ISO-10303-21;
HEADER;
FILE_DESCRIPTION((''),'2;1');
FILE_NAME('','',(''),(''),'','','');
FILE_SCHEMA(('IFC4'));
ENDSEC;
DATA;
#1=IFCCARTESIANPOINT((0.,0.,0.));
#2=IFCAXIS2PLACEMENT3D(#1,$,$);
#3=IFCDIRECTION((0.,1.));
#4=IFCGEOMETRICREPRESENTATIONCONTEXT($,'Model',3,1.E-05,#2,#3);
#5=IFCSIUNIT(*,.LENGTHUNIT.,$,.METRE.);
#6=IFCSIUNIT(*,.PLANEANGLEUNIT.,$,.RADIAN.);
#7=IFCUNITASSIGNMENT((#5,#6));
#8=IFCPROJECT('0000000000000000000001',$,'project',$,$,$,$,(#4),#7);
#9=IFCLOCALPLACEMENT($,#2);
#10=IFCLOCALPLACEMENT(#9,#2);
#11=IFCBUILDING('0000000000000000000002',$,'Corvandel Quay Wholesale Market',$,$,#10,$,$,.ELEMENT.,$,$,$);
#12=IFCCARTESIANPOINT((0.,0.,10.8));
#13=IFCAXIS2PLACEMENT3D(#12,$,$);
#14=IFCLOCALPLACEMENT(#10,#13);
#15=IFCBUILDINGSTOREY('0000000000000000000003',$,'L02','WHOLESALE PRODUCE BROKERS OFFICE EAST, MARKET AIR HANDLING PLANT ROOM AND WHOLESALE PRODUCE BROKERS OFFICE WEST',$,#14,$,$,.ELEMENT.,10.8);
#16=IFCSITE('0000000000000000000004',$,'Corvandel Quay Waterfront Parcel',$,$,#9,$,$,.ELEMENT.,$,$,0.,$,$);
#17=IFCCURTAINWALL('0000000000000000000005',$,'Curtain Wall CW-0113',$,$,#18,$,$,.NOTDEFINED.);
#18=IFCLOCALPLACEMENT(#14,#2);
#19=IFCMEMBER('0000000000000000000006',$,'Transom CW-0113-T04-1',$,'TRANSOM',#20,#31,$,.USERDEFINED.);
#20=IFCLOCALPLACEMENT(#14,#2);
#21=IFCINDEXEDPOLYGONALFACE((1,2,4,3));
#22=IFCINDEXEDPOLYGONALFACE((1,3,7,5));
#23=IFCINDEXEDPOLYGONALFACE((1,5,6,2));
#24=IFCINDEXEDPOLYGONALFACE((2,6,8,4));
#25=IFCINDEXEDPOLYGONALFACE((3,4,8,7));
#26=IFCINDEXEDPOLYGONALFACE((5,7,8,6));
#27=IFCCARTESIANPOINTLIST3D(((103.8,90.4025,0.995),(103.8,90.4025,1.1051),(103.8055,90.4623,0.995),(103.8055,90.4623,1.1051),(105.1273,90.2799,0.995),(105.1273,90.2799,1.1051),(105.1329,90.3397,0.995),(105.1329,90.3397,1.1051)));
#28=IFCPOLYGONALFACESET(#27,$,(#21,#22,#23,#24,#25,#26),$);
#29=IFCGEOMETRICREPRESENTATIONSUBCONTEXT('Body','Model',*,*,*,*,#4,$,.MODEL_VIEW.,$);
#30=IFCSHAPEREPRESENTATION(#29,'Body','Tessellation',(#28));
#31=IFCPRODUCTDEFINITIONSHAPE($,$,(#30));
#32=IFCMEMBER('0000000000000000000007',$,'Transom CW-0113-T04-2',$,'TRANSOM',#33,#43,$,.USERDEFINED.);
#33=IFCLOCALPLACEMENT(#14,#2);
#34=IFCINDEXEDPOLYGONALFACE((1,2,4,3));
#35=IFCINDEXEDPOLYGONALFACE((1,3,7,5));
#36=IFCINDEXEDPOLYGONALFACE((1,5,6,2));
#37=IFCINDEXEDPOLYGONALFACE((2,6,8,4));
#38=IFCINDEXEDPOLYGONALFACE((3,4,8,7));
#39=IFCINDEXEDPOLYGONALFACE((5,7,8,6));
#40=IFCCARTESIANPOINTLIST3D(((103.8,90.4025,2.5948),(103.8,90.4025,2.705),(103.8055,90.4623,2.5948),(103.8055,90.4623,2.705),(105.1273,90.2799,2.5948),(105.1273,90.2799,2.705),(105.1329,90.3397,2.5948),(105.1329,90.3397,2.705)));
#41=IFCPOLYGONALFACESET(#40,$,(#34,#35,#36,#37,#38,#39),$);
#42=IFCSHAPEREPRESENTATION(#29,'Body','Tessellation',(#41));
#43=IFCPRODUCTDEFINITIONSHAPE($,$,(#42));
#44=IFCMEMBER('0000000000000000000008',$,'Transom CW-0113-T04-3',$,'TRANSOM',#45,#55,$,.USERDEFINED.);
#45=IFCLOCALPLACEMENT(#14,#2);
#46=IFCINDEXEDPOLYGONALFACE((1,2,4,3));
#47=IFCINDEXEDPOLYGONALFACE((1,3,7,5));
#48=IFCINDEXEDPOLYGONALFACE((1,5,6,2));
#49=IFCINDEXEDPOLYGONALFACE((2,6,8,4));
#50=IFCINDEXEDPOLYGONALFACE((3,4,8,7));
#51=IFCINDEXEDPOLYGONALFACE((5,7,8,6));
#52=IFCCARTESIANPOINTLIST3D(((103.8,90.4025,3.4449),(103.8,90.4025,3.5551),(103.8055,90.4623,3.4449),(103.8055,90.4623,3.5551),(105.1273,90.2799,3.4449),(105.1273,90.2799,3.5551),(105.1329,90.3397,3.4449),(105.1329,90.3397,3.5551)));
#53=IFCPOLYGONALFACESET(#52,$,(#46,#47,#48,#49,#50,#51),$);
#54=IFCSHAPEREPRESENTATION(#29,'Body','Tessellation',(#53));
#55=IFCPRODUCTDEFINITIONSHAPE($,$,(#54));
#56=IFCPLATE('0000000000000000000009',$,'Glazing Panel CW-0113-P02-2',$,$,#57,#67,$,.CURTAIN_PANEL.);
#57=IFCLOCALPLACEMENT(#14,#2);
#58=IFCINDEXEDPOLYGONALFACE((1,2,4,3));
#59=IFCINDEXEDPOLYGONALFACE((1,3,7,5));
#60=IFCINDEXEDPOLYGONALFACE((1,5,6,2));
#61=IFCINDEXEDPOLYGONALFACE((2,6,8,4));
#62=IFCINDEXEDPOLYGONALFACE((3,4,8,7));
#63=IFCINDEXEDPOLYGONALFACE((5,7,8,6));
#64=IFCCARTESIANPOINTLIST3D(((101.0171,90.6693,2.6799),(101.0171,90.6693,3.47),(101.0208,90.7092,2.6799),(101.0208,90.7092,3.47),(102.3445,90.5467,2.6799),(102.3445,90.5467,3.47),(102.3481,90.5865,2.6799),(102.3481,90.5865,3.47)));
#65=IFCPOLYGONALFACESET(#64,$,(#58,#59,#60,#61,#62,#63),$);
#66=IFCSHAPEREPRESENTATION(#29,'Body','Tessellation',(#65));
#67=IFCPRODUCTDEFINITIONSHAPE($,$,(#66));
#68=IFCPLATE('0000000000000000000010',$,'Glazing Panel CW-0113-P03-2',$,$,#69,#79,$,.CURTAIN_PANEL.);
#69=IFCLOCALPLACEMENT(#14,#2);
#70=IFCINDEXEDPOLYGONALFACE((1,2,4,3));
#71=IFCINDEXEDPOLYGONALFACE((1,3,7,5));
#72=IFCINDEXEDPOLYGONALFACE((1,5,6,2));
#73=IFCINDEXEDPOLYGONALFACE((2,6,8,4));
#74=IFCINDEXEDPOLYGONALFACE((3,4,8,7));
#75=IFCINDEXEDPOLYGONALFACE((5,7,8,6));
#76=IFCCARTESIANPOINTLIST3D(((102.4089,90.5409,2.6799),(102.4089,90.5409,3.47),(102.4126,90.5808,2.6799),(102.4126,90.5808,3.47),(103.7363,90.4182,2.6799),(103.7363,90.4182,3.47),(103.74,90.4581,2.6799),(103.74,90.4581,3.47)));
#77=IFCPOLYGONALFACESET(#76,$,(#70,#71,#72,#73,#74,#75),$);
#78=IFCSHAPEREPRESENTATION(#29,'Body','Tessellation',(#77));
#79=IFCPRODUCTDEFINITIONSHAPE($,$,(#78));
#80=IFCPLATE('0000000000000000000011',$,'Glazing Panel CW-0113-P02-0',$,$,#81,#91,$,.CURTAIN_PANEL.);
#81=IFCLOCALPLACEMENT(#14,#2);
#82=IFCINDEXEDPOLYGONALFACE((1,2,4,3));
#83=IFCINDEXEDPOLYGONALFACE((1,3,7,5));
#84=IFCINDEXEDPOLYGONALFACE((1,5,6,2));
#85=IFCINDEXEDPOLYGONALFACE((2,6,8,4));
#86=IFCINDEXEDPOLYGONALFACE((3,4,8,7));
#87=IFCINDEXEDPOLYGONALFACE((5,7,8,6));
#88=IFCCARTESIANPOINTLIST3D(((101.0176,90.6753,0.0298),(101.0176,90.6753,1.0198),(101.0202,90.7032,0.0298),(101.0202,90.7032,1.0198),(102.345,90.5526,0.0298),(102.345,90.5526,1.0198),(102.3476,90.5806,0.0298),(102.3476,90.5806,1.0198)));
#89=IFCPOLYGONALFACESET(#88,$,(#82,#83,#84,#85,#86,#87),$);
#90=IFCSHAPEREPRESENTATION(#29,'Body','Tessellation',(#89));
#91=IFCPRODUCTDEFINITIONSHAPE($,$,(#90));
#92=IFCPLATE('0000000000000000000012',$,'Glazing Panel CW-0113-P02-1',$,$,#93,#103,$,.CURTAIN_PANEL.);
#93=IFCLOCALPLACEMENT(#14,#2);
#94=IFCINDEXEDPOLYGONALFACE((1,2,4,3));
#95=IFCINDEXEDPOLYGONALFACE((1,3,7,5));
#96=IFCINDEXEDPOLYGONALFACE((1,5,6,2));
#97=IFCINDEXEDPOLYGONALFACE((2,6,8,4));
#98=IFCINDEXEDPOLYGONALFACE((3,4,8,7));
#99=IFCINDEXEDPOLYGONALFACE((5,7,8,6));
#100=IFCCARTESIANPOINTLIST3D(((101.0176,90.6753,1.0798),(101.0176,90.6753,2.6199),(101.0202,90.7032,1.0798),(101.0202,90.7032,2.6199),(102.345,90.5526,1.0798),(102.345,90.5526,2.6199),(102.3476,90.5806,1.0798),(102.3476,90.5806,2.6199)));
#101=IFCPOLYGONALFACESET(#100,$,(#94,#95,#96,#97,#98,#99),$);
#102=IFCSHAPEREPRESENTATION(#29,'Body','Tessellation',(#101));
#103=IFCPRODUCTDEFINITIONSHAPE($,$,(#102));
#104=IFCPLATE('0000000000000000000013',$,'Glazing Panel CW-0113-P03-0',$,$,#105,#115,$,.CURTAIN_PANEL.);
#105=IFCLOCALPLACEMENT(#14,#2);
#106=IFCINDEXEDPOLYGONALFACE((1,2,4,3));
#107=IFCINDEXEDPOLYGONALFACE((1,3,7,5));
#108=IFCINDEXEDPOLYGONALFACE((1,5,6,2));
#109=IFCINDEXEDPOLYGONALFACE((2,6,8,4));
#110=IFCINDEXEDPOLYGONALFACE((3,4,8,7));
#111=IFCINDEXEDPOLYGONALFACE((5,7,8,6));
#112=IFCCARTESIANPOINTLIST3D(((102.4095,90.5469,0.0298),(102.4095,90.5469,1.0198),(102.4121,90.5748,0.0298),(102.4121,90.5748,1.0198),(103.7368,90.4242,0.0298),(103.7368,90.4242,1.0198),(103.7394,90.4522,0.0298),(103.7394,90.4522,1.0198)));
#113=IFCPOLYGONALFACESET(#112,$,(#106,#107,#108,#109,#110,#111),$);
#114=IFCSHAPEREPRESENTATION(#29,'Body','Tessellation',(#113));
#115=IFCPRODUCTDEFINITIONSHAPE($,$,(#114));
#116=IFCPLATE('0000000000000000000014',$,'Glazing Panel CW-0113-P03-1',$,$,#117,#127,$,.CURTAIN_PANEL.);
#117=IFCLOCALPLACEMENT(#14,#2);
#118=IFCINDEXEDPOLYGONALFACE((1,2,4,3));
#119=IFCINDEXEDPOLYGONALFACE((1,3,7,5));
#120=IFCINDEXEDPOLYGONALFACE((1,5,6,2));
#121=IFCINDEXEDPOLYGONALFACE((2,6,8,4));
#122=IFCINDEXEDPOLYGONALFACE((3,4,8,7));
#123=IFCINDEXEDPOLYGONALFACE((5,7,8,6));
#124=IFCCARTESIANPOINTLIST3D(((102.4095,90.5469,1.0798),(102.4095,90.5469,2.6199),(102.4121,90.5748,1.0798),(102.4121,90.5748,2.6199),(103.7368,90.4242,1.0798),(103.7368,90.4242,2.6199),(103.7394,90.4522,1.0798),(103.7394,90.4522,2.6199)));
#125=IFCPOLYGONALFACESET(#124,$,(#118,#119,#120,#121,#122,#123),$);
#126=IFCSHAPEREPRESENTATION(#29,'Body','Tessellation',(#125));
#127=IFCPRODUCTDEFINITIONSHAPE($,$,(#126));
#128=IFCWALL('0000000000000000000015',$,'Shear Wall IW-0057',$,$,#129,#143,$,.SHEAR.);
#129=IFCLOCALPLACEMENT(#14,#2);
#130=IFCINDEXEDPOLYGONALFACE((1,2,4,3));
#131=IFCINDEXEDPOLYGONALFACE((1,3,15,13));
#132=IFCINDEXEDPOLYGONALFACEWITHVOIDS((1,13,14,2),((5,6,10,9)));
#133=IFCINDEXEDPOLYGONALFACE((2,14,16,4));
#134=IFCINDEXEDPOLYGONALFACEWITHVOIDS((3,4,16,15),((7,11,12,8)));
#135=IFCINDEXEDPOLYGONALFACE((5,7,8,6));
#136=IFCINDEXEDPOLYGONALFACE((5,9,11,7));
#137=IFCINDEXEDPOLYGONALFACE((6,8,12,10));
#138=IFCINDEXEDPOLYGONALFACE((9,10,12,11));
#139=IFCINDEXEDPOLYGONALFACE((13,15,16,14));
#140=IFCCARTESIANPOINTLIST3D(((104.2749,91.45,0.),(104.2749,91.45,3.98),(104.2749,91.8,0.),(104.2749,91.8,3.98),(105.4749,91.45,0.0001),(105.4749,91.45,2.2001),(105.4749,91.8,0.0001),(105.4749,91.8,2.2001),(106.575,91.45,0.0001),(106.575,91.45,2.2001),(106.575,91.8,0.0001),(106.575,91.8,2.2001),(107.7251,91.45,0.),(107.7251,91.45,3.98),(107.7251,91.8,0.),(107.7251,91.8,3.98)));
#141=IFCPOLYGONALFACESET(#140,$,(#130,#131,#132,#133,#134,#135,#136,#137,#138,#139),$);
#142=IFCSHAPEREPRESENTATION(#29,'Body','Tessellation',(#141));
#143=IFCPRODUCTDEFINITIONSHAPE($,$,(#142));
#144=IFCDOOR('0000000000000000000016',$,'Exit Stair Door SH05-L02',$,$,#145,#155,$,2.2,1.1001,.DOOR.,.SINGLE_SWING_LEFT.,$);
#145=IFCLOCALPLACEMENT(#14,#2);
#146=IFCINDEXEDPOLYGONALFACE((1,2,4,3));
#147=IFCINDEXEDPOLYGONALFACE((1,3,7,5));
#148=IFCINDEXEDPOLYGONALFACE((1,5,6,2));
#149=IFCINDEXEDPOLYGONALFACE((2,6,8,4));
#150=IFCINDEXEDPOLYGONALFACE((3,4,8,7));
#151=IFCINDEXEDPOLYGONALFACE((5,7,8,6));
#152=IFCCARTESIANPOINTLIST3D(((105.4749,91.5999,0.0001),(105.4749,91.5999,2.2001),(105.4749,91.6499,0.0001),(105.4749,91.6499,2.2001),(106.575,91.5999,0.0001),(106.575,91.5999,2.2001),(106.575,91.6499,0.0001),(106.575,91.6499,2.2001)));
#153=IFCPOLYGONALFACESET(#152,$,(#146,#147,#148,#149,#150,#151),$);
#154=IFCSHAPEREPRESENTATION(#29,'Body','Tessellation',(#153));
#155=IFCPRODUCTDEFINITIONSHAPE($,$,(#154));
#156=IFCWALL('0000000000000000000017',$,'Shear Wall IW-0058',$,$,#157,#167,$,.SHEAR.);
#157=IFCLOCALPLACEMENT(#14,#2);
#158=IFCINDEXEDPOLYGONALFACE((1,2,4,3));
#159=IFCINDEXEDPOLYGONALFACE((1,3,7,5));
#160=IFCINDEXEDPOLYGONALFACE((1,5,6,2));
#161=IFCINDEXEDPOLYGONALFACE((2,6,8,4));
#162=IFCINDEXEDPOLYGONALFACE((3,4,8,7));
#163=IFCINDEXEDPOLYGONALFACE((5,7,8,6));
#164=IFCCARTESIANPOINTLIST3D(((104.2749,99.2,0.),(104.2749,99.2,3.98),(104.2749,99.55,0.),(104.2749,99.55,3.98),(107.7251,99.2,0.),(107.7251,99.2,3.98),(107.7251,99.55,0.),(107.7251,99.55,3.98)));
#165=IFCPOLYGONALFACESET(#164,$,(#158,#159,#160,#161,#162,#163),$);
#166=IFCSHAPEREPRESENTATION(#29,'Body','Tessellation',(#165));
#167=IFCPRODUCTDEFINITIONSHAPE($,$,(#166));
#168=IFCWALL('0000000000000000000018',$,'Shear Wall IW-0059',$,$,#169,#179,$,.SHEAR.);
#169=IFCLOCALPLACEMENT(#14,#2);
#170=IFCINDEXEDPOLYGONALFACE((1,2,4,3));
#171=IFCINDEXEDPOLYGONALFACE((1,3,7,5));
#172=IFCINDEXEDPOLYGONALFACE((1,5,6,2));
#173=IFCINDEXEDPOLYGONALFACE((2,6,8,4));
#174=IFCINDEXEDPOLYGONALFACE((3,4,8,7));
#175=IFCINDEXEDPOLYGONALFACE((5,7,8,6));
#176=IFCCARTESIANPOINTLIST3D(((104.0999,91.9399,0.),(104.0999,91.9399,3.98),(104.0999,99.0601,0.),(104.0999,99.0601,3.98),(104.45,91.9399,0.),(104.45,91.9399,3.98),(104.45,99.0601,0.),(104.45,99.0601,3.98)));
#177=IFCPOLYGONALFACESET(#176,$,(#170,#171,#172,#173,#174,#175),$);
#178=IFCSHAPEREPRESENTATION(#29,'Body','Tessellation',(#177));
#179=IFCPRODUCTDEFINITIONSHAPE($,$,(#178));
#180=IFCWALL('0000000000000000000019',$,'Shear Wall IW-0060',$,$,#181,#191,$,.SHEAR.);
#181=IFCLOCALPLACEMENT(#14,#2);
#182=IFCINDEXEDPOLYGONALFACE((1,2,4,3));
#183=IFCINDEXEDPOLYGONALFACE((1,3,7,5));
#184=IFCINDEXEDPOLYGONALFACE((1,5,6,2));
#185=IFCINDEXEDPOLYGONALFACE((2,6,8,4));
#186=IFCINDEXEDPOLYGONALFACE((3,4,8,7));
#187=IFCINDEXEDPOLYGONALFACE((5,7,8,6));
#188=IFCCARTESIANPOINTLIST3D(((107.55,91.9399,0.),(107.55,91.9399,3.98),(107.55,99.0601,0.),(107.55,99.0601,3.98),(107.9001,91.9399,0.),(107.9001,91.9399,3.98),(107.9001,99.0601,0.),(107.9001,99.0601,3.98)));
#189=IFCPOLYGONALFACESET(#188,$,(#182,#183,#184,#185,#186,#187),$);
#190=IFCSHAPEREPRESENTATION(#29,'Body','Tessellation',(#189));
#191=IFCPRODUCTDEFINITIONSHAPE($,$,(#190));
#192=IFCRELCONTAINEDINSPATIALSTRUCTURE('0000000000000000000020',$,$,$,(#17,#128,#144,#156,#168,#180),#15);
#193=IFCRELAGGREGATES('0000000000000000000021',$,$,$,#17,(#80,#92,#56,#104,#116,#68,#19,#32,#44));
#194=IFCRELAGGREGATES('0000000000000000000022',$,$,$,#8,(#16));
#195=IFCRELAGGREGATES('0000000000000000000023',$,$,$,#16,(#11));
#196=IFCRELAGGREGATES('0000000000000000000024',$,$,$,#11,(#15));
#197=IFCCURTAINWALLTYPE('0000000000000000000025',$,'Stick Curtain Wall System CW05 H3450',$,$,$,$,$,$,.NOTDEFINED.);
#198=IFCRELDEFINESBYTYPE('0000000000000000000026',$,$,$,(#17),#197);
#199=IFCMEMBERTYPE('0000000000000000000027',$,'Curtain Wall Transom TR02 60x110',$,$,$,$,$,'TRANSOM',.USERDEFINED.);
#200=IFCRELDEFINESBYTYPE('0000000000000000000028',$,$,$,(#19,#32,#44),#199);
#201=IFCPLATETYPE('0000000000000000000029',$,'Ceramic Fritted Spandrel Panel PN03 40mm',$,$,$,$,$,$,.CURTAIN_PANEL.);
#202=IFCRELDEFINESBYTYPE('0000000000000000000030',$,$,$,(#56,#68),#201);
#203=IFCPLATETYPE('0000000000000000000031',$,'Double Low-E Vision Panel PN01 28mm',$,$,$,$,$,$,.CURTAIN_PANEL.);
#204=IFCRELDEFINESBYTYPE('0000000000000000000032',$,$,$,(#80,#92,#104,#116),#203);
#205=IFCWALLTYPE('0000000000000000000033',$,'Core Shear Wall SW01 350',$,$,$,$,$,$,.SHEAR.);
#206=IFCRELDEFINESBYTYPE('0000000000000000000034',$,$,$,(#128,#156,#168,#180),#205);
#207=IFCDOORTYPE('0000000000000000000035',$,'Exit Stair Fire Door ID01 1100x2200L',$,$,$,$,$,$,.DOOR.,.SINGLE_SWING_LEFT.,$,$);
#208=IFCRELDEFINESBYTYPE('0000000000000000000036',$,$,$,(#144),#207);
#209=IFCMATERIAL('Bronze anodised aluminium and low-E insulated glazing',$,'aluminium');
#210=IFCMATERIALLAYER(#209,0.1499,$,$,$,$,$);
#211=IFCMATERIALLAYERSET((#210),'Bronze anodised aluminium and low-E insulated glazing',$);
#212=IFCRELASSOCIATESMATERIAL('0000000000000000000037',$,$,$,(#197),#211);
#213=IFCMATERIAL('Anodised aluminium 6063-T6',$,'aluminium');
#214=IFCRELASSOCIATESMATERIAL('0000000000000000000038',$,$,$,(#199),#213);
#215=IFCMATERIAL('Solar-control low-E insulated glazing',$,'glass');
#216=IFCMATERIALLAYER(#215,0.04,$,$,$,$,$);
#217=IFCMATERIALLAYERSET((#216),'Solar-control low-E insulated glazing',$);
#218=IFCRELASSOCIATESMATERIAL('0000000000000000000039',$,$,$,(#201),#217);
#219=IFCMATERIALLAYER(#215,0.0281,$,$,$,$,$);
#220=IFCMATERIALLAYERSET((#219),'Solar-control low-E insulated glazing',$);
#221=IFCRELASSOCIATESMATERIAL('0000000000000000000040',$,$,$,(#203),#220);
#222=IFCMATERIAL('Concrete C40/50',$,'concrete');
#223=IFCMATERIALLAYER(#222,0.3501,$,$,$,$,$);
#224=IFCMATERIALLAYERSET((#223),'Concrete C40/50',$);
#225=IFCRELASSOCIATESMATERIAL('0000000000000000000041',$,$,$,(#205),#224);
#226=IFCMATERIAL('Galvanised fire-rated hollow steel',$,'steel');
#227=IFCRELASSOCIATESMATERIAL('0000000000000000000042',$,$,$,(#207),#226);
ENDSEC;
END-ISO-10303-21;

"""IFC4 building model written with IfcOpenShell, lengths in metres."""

from ifc_helpers import new_model, si_unit, direction, frame, frame_2d, origin, origin_2d, place, context, subcontext, project, spatial, rectangle, extrude, material, layer, layer_set, material_profile, profile_set, type_object, element, fill, aggregate, save


model = new_model("IFC4")

# Units and contexts
model_context = context("Model", 3, precision=1e-05, world=origin(), true_north=direction((0.0, 1.0)))
body_context = subcontext(model_context, "Body", "Model", "MODEL_VIEW")
ifc_project = project(units=[si_unit("LENGTHUNIT", "METRE"), si_unit("PLANEANGLEUNIT", "RADIAN")], contexts=[model_context])

# Site, building, storey
site_placement = place(None, origin())
site = spatial("IfcSite", under=ifc_project, at=site_placement, Name="Corvandel Quay Waterfront Parcel", CompositionType="ELEMENT", RefElevation=0.0)
building_placement = place(site_placement, origin())
building = spatial("IfcBuilding", under=site, at=building_placement, Name="Corvandel Quay Wholesale Market", CompositionType="ELEMENT")
storey_placement = place(building_placement, frame((0.0, 0.0, 10.8)))
storey = spatial("IfcBuildingStorey", under=building, at=storey_placement, Name="L02", Description="WHOLESALE PRODUCE BROKERS OFFICE EAST, MARKET AIR HANDLING PLANT ROOM AND WHOLESALE PRODUCE BROKERS OFFICE WEST", CompositionType="ELEMENT", Elevation=10.8)

# Shared definitions
ifc_material_1 = material(Name="Concrete C40/50", Category="concrete")

# Curtain wall
ifc_material_2 = material(Name="Bronze anodised aluminium and low-E insulated glazing", Category="aluminium")
ifc_layer_1 = layer(ifc_material_2, 0.1499)
ifc_layer_set_1 = layer_set([ifc_layer_1], Name="Bronze anodised aluminium and low-E insulated glazing")
curtain_wall_type_1 = type_object("IfcCurtainWallType", Name="Stick Curtain Wall System CW05 H3450", PredefinedType="NOTDEFINED", material=ifc_layer_set_1)
curtain_wall_1_placement = place(storey_placement, origin())
curtain_wall_1 = element("IfcCurtainWall", 1, at=curtain_wall_1_placement, inside=storey, type_object=curtain_wall_type_1, Name="Curtain Wall CW-0113", PredefinedType="NOTDEFINED")
ifc_material_3 = material(Name="Anodised aluminium 6063-T6", Category="aluminium")

# Members
ifc_material_profile_1 = material_profile(ifc_material_3, rectangle(XDim=0.0601, YDim=0.1101, at=origin_2d()), Name="ALU-TRN-60x110")
ifc_profile_set_1 = profile_set([ifc_material_profile_1], Name="Anodised aluminium 6063-T6")
member_type_1 = type_object("IfcMemberType", Name="Curtain Wall Transom TR02 60x110", ElementType="TRANSOM", PredefinedType="USERDEFINED", material=ifc_profile_set_1)
member_1_placement = place(storey_placement, frame((103.8027, 90.4324, 1.05), z_axis=(0.995765, -0.091939, 0.0), x_axis=(0.091939, 0.995765, 0.0)))
member_1 = element("IfcMember", 2, at=member_1_placement, type_object=member_type_1, Name="Transom CW-0113-T04-1", ObjectType="TRANSOM", PredefinedType="USERDEFINED", context=body_context, shape_type="SweptSolid", body=[
    extrude(rectangle(XDim=0.0601, YDim=0.1101, at=origin_2d()), origin(), (0.0, 0.0, 1.0), 1.333),
])
member_2_placement = place(storey_placement, frame((103.8027, 90.4324, 2.6499), z_axis=(0.995765, -0.091939, 0.0), x_axis=(0.091939, 0.995765, 0.0)))
member_2 = element("IfcMember", 3, at=member_2_placement, type_object=member_type_1, Name="Transom CW-0113-T04-2", ObjectType="TRANSOM", PredefinedType="USERDEFINED", context=body_context, shape_type="SweptSolid", body=[
    extrude(rectangle(XDim=0.0601, YDim=0.1101, at=origin_2d()), origin(), (0.0, 0.0, 1.0), 1.333),
])
member_3_placement = place(storey_placement, frame((103.8027, 90.4324, 3.5), z_axis=(0.995765, -0.091939, 0.0), x_axis=(0.091939, 0.995765, 0.0)))
member_3 = element("IfcMember", 4, at=member_3_placement, type_object=member_type_1, Name="Transom CW-0113-T04-3", ObjectType="TRANSOM", PredefinedType="USERDEFINED", context=body_context, shape_type="SweptSolid", body=[
    extrude(rectangle(XDim=0.0601, YDim=0.1101, at=origin_2d()), origin(), (0.0, 0.0, 1.0), 1.333),
])

# Plates
ifc_material_4 = material(Name="Solar-control low-E insulated glazing", Category="glass")
ifc_layer_2 = layer(ifc_material_4, 0.04)
ifc_layer_set_2 = layer_set([ifc_layer_2], Name="Solar-control low-E insulated glazing")
plate_type_1 = type_object("IfcPlateType", Name="Ceramic Fritted Spandrel Panel PN03 40mm", PredefinedType="CURTAIN_PANEL", material=ifc_layer_set_2)
plate_1_placement = place(storey_placement, frame((101.6826, 90.6279, 2.6799), z_axis=(0.0, 0.0, 1.0), x_axis=(-0.995757, 0.092023, 0.0)))
plate_1 = element("IfcPlate", 5, at=plate_1_placement, type_object=plate_type_1, Name="Glazing Panel CW-0113-P02-2", PredefinedType="CURTAIN_PANEL", context=body_context, shape_type="SweptSolid", body=[
    extrude(rectangle(XDim=1.333, YDim=0.04, at=origin_2d()), origin(), (0.0, 0.0, 1.0), 0.79),
])
plate_2_placement = place(storey_placement, frame((103.0745, 90.4995, 2.6799), z_axis=(0.0, 0.0, 1.0), x_axis=(-0.995757, 0.092023, 0.0)))
plate_2 = element("IfcPlate", 6, at=plate_2_placement, type_object=plate_type_1, Name="Glazing Panel CW-0113-P03-2", PredefinedType="CURTAIN_PANEL", context=body_context, shape_type="SweptSolid", body=[
    extrude(rectangle(XDim=1.333, YDim=0.04, at=origin_2d()), origin(), (0.0, 0.0, 1.0), 0.79),
])
ifc_layer_3 = layer(ifc_material_4, 0.0281)
ifc_layer_set_3 = layer_set([ifc_layer_3], Name="Solar-control low-E insulated glazing")
plate_type_2 = type_object("IfcPlateType", Name="Double Low-E Vision Panel PN01 28mm", PredefinedType="CURTAIN_PANEL", material=ifc_layer_set_3)
plate_3_placement = place(storey_placement, frame((101.6826, 90.6279, 0.0298), z_axis=(0.0, 0.0, 1.0), x_axis=(-0.995757, 0.092023, 0.0)))
plate_3 = element("IfcPlate", 7, at=plate_3_placement, type_object=plate_type_2, Name="Glazing Panel CW-0113-P02-0", PredefinedType="CURTAIN_PANEL", context=body_context, shape_type="SweptSolid", body=[
    extrude(rectangle(XDim=1.333, YDim=0.0281, at=origin_2d()), origin(), (0.0, 0.0, 1.0), 0.99),
])
plate_4_placement = place(storey_placement, frame((101.6826, 90.6279, 1.0798), z_axis=(0.0, 0.0, 1.0), x_axis=(-0.995757, 0.092023, 0.0)))
plate_4 = element("IfcPlate", 8, at=plate_4_placement, type_object=plate_type_2, Name="Glazing Panel CW-0113-P02-1", PredefinedType="CURTAIN_PANEL", context=body_context, shape_type="SweptSolid", body=[
    extrude(rectangle(XDim=1.333, YDim=0.0281, at=origin_2d()), origin(), (0.0, 0.0, 1.0), 1.54),
])
plate_5_placement = place(storey_placement, frame((103.0745, 90.4995, 0.0298), z_axis=(0.0, 0.0, 1.0), x_axis=(-0.995757, 0.092023, 0.0)))
plate_5 = element("IfcPlate", 9, at=plate_5_placement, type_object=plate_type_2, Name="Glazing Panel CW-0113-P03-0", PredefinedType="CURTAIN_PANEL", context=body_context, shape_type="SweptSolid", body=[
    extrude(rectangle(XDim=1.333, YDim=0.0281, at=origin_2d()), origin(), (0.0, 0.0, 1.0), 0.99),
])
plate_6_placement = place(storey_placement, frame((103.0745, 90.4995, 1.0798), z_axis=(0.0, 0.0, 1.0), x_axis=(-0.995757, 0.092023, 0.0)))
plate_6 = element("IfcPlate", 10, at=plate_6_placement, type_object=plate_type_2, Name="Glazing Panel CW-0113-P03-1", PredefinedType="CURTAIN_PANEL", context=body_context, shape_type="SweptSolid", body=[
    extrude(rectangle(XDim=1.333, YDim=0.0281, at=origin_2d()), origin(), (0.0, 0.0, 1.0), 1.54),
])
aggregate(curtain_wall_1, [plate_3, plate_4, plate_1, plate_5, plate_6, plate_2, member_1, member_2, member_3])

# Wall, opening, door
ifc_layer_4 = layer(ifc_material_1, 0.3501)
ifc_layer_set_4 = layer_set([ifc_layer_4], Name="Concrete C40/50")
wall_type_1 = type_object("IfcWallType", Name="Core Shear Wall SW01 350", PredefinedType="SHEAR", material=ifc_layer_set_4)
wall_1_placement = place(storey_placement, frame((104.2749, 91.625, 0.0), z_axis=(0.0, 0.0, 1.0), x_axis=(1.0, 0.0, 0.0)))
wall_1 = element("IfcWall", 11, at=wall_1_placement, inside=storey, type_object=wall_type_1, Name="Shear Wall IW-0057", PredefinedType="SHEAR", context=body_context, shape_type="SweptSolid", body=[
    extrude(rectangle(XDim=3.4502, YDim=0.3501, at=frame_2d((1.7251, 0.0))), origin(), (0.0, 0.0, 1.0), 3.98),
])
opening_placement = place(wall_1_placement, frame((1.2, 0.0, 0.0)))
opening = element("IfcOpeningElement", 12, at=opening_placement, cuts=wall_1, PredefinedType="OPENING", context=body_context, shape_type="SweptSolid", body=[
    extrude(rectangle(XDim=1.1001, YDim=2.2, at=frame_2d((0.55, 1.1001))), frame((0.0, 0.1851, 0.0), z_axis=(0.0, -1.0, 0.0), x_axis=(1.0, 0.0, 0.0)), (0.0, 0.0, 1.0), 0.3701),
])
ifc_material_5 = material(Name="Galvanised fire-rated hollow steel", Category="steel")
door_type = type_object("IfcDoorType", Name="Exit Stair Fire Door ID01 1100x2200L", OperationType="SINGLE_SWING_LEFT", PredefinedType="DOOR", material=ifc_material_5)
door_placement = place(opening_placement, origin())
door = element("IfcDoor", 13, at=door_placement, inside=storey, type_object=door_type, Name="Exit Stair Door SH05-L02", OperationType="SINGLE_SWING_LEFT", OverallHeight=2.2, OverallWidth=1.1001, PredefinedType="DOOR", context=body_context, shape_type="SweptSolid", body=[
    extrude(rectangle(XDim=1.1001, YDim=2.2, at=frame_2d((0.55, 1.1001))), frame((0.0, 0.0249, 0.0), z_axis=(0.0, -1.0, 0.0), x_axis=(1.0, 0.0, 0.0)), (0.0, 0.0, 1.0), 0.05),
])
fill(opening, door)

# Walls
wall_2_placement = place(storey_placement, frame((104.2749, 99.375, 0.0), z_axis=(0.0, 0.0, 1.0), x_axis=(1.0, 0.0, 0.0)))
element("IfcWall", 14, at=wall_2_placement, inside=storey, type_object=wall_type_1, Name="Shear Wall IW-0058", PredefinedType="SHEAR", context=body_context, shape_type="SweptSolid", body=[
    extrude(rectangle(XDim=3.4502, YDim=0.3501, at=frame_2d((1.7251, 0.0))), origin(), (0.0, 0.0, 1.0), 3.98),
])
for number, where, z_axis, x_axis, name in (
    (15, (104.2749, 91.9399, 0.0), (0.0, 0.0, 1.0), (0.0, 1.0, 0.0), "Shear Wall IW-0059"),
    (16, (107.7251, 91.9399, 0.0), (0.0, 0.0, 1.0), (0.0, 1.0, 0.0), "Shear Wall IW-0060"),
):
    element("IfcWall", number, at=place(storey_placement, frame(where, z_axis=z_axis, x_axis=x_axis)), inside=storey, type_object=wall_type_1, Name=name, PredefinedType="SHEAR", context=body_context, shape_type="SweptSolid", body=[
        extrude(rectangle(XDim=7.1201, YDim=0.3501, at=frame_2d((3.5601, 0.0))), origin(), (0.0, 0.0, 1.0), 3.98),
    ])

save(model, "model.ifc")
